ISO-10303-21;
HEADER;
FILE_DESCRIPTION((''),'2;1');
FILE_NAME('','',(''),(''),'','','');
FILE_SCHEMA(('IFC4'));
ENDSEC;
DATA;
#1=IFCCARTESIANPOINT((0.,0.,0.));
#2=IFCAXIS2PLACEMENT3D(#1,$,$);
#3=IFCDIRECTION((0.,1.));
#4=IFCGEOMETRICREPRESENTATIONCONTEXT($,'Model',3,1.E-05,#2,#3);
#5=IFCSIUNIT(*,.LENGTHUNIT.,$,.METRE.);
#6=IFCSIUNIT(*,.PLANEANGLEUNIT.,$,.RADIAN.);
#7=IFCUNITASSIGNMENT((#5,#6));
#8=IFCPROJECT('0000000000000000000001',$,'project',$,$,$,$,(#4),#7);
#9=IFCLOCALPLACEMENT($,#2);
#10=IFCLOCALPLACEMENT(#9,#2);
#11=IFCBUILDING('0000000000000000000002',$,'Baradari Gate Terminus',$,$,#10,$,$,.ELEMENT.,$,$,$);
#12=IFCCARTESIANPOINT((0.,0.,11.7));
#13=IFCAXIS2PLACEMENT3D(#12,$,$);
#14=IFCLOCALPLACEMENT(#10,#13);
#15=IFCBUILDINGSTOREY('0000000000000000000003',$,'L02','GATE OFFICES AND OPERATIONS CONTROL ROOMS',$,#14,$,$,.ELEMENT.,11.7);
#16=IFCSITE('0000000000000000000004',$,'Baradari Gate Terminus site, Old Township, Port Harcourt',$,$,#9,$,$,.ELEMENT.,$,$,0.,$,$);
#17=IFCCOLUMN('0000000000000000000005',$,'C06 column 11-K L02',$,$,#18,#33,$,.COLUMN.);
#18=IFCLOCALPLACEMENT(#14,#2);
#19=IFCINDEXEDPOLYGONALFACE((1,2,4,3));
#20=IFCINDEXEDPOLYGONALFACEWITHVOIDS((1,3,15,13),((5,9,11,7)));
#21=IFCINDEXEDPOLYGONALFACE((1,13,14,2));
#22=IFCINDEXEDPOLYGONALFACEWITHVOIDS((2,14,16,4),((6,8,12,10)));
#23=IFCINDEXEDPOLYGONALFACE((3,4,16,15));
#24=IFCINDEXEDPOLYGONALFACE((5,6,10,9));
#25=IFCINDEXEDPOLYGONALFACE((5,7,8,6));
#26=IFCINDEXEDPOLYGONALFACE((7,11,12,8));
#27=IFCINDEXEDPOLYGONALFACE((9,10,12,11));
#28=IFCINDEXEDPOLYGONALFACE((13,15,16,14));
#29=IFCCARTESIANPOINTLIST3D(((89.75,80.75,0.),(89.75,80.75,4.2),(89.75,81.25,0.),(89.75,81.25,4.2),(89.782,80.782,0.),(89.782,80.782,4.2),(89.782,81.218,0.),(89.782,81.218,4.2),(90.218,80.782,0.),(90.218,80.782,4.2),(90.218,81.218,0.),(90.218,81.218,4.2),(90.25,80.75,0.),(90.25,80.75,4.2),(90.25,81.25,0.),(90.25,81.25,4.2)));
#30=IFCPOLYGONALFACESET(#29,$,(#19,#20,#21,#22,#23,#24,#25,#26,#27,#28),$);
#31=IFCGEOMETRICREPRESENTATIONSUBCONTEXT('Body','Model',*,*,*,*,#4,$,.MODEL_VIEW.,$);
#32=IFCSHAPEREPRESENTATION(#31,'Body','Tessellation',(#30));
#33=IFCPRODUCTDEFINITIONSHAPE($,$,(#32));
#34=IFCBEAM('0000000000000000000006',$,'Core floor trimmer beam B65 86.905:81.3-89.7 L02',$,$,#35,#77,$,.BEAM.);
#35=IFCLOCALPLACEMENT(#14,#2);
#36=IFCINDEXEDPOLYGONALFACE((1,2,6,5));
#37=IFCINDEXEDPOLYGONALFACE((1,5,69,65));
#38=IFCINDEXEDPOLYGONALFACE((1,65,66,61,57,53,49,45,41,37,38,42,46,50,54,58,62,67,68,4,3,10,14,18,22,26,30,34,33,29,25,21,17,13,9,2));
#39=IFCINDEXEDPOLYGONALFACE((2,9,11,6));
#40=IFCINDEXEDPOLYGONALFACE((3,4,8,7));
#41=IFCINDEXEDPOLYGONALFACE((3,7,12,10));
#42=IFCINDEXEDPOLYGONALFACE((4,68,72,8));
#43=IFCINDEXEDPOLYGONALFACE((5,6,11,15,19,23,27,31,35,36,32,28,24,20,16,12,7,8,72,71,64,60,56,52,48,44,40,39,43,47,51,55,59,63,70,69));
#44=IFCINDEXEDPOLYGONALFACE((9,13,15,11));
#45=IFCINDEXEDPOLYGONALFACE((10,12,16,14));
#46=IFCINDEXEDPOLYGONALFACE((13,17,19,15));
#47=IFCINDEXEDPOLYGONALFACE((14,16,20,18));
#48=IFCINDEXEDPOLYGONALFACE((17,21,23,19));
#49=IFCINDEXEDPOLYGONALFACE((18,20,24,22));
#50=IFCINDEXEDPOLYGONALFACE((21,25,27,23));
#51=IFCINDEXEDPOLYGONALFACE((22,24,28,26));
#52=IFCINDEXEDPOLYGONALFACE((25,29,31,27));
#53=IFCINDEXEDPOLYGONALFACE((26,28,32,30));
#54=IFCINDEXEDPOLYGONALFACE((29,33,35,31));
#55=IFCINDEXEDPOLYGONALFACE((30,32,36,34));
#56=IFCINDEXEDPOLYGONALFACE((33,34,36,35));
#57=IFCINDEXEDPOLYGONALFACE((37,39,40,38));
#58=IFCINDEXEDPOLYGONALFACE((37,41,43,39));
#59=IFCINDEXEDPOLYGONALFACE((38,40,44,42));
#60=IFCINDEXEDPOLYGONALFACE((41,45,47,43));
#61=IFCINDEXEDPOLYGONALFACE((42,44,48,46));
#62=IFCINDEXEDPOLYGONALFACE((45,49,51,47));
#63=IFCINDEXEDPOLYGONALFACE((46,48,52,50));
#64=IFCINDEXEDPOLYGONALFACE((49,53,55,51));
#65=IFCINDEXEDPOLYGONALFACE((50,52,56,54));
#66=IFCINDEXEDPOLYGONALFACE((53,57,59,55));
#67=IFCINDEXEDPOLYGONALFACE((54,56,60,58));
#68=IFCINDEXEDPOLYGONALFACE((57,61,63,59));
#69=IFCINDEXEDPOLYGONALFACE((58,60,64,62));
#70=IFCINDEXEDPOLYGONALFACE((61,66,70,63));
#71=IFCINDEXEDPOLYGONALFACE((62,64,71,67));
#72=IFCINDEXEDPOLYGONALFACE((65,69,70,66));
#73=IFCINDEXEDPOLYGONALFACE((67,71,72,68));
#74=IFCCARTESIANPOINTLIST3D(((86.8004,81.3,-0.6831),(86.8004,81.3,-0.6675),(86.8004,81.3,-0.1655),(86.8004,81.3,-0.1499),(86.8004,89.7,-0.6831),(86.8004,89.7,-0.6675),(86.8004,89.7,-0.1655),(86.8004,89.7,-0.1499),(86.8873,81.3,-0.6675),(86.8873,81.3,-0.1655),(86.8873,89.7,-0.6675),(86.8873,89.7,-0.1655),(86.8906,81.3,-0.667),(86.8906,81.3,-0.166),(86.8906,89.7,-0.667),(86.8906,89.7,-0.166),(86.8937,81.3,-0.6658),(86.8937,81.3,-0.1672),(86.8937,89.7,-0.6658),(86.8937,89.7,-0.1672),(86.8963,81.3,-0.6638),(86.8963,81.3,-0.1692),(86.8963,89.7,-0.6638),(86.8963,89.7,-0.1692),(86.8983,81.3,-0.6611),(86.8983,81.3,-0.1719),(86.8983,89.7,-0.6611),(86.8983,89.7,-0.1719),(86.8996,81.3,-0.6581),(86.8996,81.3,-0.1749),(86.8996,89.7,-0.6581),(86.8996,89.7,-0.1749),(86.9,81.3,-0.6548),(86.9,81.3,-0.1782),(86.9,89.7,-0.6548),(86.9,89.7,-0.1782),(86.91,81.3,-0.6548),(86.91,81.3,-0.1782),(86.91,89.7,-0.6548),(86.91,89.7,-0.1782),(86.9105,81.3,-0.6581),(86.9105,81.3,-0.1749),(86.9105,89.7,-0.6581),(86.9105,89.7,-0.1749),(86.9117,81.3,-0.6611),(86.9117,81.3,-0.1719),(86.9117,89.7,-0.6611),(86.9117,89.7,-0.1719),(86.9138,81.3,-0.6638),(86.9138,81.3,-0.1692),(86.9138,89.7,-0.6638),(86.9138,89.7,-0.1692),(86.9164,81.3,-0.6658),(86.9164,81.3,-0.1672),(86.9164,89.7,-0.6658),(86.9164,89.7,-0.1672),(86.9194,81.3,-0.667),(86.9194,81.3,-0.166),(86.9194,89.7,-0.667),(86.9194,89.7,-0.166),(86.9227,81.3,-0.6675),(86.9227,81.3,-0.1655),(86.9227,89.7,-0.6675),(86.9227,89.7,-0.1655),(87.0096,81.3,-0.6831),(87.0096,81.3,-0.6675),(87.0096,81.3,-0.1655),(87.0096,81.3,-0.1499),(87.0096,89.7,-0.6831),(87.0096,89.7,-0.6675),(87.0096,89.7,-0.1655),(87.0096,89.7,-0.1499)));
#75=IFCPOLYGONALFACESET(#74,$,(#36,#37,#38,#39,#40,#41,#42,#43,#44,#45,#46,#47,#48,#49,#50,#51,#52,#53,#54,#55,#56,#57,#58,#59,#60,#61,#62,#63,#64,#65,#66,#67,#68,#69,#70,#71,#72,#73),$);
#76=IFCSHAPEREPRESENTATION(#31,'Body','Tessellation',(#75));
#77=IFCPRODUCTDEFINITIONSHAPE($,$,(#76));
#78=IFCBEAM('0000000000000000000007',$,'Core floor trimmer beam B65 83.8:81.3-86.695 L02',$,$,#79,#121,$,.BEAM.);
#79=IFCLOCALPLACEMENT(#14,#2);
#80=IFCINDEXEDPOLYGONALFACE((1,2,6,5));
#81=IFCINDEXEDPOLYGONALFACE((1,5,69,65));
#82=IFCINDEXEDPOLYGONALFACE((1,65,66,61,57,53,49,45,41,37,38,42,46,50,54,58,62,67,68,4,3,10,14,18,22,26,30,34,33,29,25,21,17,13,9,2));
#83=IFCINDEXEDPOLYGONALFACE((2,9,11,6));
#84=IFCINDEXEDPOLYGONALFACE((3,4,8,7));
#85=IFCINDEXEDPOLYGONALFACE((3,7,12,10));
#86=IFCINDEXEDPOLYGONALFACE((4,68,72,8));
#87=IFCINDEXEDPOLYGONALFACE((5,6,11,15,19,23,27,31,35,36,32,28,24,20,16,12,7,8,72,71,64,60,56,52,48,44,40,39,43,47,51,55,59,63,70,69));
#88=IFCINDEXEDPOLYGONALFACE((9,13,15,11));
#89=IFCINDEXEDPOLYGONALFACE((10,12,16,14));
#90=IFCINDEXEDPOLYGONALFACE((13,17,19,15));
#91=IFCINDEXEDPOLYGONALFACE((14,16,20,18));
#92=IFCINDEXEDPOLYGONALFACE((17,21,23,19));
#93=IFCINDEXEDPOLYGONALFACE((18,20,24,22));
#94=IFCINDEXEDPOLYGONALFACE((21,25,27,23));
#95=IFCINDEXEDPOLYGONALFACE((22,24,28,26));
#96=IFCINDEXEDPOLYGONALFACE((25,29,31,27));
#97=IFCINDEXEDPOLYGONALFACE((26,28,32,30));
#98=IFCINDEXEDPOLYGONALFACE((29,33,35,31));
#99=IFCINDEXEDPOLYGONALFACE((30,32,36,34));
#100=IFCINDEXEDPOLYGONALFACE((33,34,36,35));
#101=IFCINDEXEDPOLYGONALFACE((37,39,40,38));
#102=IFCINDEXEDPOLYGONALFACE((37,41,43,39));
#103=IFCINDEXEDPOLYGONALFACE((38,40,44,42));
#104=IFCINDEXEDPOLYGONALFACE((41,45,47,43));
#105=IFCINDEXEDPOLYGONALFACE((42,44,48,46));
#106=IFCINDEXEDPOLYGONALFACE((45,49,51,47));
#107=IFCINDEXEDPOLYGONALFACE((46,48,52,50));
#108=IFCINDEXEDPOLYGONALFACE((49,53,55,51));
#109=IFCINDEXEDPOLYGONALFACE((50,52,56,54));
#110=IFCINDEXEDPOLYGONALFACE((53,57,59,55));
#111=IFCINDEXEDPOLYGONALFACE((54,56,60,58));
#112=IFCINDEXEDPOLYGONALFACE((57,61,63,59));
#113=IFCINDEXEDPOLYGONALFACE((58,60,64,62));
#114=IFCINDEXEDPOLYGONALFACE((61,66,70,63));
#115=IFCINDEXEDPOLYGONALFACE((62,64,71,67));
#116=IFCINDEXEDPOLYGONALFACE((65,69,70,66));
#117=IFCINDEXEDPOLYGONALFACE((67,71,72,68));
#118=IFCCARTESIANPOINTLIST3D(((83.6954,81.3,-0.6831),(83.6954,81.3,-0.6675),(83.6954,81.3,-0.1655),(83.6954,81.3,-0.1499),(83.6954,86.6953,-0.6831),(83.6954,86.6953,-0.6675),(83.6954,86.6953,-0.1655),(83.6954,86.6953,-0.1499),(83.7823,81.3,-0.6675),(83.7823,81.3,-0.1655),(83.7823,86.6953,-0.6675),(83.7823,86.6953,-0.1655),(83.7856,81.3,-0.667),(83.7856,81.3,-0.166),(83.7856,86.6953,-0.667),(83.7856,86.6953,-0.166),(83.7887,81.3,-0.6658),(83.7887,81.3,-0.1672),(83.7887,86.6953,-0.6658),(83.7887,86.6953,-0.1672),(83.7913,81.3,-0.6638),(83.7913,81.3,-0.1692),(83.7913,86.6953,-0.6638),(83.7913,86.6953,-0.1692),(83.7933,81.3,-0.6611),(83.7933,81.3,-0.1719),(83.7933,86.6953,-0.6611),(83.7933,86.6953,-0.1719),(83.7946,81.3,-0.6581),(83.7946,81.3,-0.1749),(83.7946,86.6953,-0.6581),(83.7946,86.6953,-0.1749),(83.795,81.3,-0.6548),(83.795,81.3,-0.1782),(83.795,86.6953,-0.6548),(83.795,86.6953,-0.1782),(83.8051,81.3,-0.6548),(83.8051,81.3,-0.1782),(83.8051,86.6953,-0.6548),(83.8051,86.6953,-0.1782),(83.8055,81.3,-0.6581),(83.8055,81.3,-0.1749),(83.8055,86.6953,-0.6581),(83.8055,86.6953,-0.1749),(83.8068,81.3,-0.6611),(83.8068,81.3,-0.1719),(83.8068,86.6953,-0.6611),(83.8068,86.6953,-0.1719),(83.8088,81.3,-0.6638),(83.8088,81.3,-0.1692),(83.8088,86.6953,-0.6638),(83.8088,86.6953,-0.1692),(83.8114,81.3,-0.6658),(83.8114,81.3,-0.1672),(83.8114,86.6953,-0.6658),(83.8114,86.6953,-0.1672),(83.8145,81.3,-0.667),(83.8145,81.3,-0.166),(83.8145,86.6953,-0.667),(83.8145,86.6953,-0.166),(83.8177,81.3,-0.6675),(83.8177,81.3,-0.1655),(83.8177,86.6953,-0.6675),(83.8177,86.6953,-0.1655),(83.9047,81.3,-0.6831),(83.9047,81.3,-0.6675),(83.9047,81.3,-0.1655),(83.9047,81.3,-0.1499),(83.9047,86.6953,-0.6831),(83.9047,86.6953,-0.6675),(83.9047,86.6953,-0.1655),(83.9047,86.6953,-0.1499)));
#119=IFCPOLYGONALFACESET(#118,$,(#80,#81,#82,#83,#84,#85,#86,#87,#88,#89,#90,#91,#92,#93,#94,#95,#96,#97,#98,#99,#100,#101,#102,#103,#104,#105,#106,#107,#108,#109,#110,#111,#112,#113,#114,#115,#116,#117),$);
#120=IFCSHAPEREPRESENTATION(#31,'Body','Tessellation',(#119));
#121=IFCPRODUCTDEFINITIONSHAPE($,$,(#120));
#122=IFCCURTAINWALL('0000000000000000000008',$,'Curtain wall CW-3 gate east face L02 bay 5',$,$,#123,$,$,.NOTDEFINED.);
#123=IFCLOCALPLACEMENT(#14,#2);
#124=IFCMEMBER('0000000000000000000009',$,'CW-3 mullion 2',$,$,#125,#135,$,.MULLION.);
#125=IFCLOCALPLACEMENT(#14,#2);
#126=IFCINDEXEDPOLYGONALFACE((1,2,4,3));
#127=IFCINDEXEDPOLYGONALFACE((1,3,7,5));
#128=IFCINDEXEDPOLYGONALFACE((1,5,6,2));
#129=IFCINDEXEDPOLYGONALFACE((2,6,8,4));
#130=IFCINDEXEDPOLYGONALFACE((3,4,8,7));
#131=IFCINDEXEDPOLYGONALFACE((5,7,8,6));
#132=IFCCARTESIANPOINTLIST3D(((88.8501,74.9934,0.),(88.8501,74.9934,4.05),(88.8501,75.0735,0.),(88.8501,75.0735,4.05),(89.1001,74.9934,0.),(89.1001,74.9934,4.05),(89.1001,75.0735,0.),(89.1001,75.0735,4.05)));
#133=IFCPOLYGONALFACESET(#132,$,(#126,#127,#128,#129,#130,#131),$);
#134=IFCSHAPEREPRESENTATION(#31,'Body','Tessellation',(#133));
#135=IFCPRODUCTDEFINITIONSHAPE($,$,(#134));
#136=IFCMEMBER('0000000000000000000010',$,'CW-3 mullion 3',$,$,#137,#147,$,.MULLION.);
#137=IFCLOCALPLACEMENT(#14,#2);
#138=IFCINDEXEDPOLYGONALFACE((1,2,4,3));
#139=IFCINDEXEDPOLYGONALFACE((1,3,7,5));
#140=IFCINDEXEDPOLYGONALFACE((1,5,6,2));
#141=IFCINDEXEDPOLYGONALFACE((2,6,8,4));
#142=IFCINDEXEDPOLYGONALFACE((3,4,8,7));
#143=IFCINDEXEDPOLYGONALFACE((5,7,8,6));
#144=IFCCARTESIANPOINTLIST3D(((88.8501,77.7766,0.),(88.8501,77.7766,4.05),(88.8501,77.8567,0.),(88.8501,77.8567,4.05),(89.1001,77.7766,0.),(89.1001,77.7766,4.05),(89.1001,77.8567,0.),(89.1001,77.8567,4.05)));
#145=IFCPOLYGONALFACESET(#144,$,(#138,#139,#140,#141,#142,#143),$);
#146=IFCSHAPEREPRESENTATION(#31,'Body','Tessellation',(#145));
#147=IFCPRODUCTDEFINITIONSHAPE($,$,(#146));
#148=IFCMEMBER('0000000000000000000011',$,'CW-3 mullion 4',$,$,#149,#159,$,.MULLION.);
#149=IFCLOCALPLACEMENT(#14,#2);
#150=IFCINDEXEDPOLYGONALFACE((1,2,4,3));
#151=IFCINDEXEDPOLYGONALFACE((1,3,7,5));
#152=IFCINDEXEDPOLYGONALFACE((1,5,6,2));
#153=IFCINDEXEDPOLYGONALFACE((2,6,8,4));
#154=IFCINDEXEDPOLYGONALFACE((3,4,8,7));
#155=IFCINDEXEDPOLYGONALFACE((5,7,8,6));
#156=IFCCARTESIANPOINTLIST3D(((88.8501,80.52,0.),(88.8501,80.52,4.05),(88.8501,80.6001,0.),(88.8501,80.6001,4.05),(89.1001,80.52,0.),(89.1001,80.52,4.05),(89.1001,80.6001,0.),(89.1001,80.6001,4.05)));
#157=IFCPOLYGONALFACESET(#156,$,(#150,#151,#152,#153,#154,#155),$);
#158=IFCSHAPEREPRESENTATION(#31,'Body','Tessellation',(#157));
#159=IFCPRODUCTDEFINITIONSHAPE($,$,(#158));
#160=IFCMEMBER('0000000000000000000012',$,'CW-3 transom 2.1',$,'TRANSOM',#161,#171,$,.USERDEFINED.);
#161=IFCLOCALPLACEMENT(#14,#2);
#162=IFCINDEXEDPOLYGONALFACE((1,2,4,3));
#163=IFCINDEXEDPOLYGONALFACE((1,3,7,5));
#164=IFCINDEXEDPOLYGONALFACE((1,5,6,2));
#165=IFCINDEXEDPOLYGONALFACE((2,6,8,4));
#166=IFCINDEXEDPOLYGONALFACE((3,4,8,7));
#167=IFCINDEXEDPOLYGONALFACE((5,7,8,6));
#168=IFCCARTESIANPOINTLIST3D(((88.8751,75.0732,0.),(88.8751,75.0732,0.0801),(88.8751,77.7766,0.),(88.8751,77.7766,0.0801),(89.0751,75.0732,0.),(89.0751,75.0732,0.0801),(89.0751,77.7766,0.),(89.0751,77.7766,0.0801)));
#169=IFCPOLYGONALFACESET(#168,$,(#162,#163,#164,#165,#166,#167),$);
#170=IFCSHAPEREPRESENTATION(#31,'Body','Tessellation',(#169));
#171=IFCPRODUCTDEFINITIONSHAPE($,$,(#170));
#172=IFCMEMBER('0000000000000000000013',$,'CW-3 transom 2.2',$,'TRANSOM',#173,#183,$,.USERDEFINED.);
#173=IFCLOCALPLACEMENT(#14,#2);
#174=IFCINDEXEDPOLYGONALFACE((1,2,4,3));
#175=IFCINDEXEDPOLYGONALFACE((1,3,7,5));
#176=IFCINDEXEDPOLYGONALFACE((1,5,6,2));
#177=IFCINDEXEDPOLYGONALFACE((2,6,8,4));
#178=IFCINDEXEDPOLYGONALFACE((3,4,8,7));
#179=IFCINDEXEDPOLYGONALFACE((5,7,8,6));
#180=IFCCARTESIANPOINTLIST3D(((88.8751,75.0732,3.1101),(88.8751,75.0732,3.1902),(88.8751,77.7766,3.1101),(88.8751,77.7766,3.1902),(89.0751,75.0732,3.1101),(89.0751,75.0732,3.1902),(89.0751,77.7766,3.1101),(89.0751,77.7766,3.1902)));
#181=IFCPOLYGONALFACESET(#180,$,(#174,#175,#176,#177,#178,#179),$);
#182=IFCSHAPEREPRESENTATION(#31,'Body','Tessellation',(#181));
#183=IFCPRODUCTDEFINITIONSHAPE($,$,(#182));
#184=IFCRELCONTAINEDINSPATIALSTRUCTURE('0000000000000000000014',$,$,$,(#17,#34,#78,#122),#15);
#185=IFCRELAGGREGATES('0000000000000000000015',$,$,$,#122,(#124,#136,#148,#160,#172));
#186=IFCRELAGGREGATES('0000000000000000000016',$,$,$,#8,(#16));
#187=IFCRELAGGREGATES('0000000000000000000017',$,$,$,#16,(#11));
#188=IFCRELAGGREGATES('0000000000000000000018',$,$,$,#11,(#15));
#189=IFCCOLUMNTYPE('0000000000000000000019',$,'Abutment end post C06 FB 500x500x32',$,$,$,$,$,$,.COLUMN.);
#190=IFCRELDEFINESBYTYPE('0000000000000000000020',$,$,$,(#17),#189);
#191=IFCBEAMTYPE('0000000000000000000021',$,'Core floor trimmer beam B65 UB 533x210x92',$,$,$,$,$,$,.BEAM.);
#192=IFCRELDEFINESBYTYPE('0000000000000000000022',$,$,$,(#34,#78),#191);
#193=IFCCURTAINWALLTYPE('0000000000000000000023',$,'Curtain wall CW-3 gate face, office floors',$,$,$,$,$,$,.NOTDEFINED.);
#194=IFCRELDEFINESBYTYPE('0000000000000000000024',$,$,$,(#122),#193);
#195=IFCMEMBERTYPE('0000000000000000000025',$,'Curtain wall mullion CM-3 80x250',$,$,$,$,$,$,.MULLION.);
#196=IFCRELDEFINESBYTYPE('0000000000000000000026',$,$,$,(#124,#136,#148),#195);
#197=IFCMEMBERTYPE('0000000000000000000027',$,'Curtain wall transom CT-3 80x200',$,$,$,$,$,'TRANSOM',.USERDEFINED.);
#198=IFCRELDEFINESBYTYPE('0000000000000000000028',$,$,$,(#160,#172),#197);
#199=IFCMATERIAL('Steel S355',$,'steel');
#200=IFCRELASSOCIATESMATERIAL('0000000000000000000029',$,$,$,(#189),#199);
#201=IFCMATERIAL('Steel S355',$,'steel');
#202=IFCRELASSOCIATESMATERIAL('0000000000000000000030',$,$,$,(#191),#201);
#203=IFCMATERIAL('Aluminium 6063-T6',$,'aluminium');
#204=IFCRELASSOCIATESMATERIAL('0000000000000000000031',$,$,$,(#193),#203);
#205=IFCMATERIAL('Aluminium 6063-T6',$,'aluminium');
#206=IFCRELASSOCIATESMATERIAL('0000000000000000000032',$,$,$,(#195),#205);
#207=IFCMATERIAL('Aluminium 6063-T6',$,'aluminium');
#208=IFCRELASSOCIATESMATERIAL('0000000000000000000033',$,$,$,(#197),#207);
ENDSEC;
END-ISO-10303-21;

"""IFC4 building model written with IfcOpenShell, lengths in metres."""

from ifc_helpers import new_model, si_unit, direction, frame, origin, origin_2d, place, context, subcontext, project, spatial, rectangle, hollow_rectangle, i_section, extrude, material, material_profile, profile_set, type_object, element, aggregate, save


model = new_model("IFC4")

# Units and contexts
model_context = context("Model", 3, precision=1e-05, world=origin(), true_north=direction((0.0, 1.0)))
body_context = subcontext(model_context, "Body", "Model", "MODEL_VIEW")
ifc_project = project(units=[si_unit("LENGTHUNIT", "METRE"), si_unit("PLANEANGLEUNIT", "RADIAN")], contexts=[model_context])

# Site, building, storey
site_placement = place(None, origin())
site = spatial("IfcSite", under=ifc_project, at=site_placement, Name="Baradari Gate Terminus site, Old Township, Port Harcourt", CompositionType="ELEMENT", RefElevation=0.0)
building_placement = place(site_placement, origin())
building = spatial("IfcBuilding", under=site, at=building_placement, Name="Baradari Gate Terminus", CompositionType="ELEMENT")
storey_placement = place(building_placement, frame((0.0, 0.0, 11.7)))
storey = spatial("IfcBuildingStorey", under=building, at=storey_placement, Name="L02", Description="GATE OFFICES AND OPERATIONS CONTROL ROOMS", CompositionType="ELEMENT", Elevation=11.7)

# Column
ifc_material_1 = material(Name="Steel S355", Category="steel")
ifc_material_profile_1 = material_profile(ifc_material_1, hollow_rectangle(XDim=0.5, YDim=0.5, WallThickness=0.032, at=origin_2d()), Name="FB 500x500x32")
ifc_profile_set_1 = profile_set([ifc_material_profile_1], Name="Steel S355")
column_type = type_object("IfcColumnType", Name="Abutment end post C06 FB 500x500x32", PredefinedType="COLUMN", material=ifc_profile_set_1)
column_placement = place(storey_placement, frame((90.0, 81.0, 0.0), z_axis=(0.0, 0.0, 1.0), x_axis=(1.0, 0.0, 0.0)))
element("IfcColumn", 1, at=column_placement, inside=storey, type_object=column_type, Name="C06 column 11-K L02", PredefinedType="COLUMN", context=body_context, shape_type="SweptSolid", body=[
    extrude(hollow_rectangle(XDim=0.5, YDim=0.5, WallThickness=0.032, at=origin_2d()), origin(), (0.0, 0.0, 1.0), 4.2),
])

# Beams
ifc_material_2 = material(Name="Steel S355", Category="steel")
ifc_material_profile_2 = material_profile(ifc_material_2, i_section(OverallWidth=0.2092, OverallDepth=0.5332, WebThickness=0.01, FlangeThickness=0.0156, FilletRadius=0.0127, at=origin_2d()), Name="UB 533x210x92")
ifc_profile_set_2 = profile_set([ifc_material_profile_2], Name="Steel S355")
beam_type = type_object("IfcBeamType", Name="Core floor trimmer beam B65 UB 533x210x92", PredefinedType="BEAM", material=ifc_profile_set_2)
beam_1_placement = place(storey_placement, frame((86.905, 81.3, -0.4165), z_axis=(0.0, 1.0, 0.0), x_axis=(-1.0, 0.0, 0.0)))
element("IfcBeam", 2, at=beam_1_placement, inside=storey, type_object=beam_type, Name="Core floor trimmer beam B65 86.905:81.3-89.7 L02", PredefinedType="BEAM", context=body_context, shape_type="SweptSolid", body=[
    extrude(i_section(OverallWidth=0.2092, OverallDepth=0.5332, WebThickness=0.01, FlangeThickness=0.0156, FilletRadius=0.0127, at=origin_2d()), origin(), (0.0, 0.0, 1.0), 8.3999),
])
beam_2_placement = place(storey_placement, frame((83.8, 81.3, -0.4165), z_axis=(0.0, 1.0, 0.0), x_axis=(-1.0, 0.0, 0.0)))
element("IfcBeam", 3, at=beam_2_placement, inside=storey, type_object=beam_type, Name="Core floor trimmer beam B65 83.8:81.3-86.695 L02", PredefinedType="BEAM", context=body_context, shape_type="SweptSolid", body=[
    extrude(i_section(OverallWidth=0.2092, OverallDepth=0.5332, WebThickness=0.01, FlangeThickness=0.0156, FilletRadius=0.0127, at=origin_2d()), origin(), (0.0, 0.0, 1.0), 5.3953),
])

# Curtain wall, members
ifc_material_3 = material(Name="Aluminium 6063-T6", Category="aluminium")
curtain_wall_type = type_object("IfcCurtainWallType", Name="Curtain wall CW-3 gate face, office floors", PredefinedType="NOTDEFINED", material=ifc_material_3)
curtain_wall_placement = place(storey_placement, origin())
curtain_wall = element("IfcCurtainWall", 4, at=curtain_wall_placement, inside=storey, type_object=curtain_wall_type, Name="Curtain wall CW-3 gate east face L02 bay 5", PredefinedType="NOTDEFINED")
ifc_material_4 = material(Name="Aluminium 6063-T6", Category="aluminium")
ifc_material_profile_3 = material_profile(ifc_material_4, rectangle(XDim=0.25, YDim=0.0801, at=origin_2d()), Name="CM-3 80X250")
ifc_profile_set_3 = profile_set([ifc_material_profile_3], Name="Aluminium 6063-T6")
member_type_1 = type_object("IfcMemberType", Name="Curtain wall mullion CM-3 80x250", PredefinedType="MULLION", material=ifc_profile_set_3)
member_1_placement = place(storey_placement, frame((88.9751, 75.0334, 0.0), z_axis=(0.0, 0.0, 1.0), x_axis=(-1.0, 0.0, 0.0)))
member_1 = element("IfcMember", 5, at=member_1_placement, type_object=member_type_1, Name="CW-3 mullion 2", PredefinedType="MULLION", context=body_context, shape_type="SweptSolid", body=[
    extrude(rectangle(XDim=0.25, YDim=0.0801, at=origin_2d()), origin(), (0.0, 0.0, 1.0), 4.05),
])
member_2_placement = place(storey_placement, frame((88.9751, 77.8167, 0.0), z_axis=(0.0, 0.0, 1.0), x_axis=(-1.0, 0.0, 0.0)))
member_2 = element("IfcMember", 6, at=member_2_placement, type_object=member_type_1, Name="CW-3 mullion 3", PredefinedType="MULLION", context=body_context, shape_type="SweptSolid", body=[
    extrude(rectangle(XDim=0.25, YDim=0.0801, at=origin_2d()), origin(), (0.0, 0.0, 1.0), 4.05),
])
member_3_placement = place(storey_placement, frame((88.9751, 80.5601, 0.0), z_axis=(0.0, 0.0, 1.0), x_axis=(-1.0, 0.0, 0.0)))
member_3 = element("IfcMember", 7, at=member_3_placement, type_object=member_type_1, Name="CW-3 mullion 4", PredefinedType="MULLION", context=body_context, shape_type="SweptSolid", body=[
    extrude(rectangle(XDim=0.25, YDim=0.0801, at=origin_2d()), origin(), (0.0, 0.0, 1.0), 4.05),
])
ifc_material_5 = material(Name="Aluminium 6063-T6", Category="aluminium")
ifc_material_profile_4 = material_profile(ifc_material_5, rectangle(XDim=0.2, YDim=0.0801, at=origin_2d()), Name="CT-3 80X200")
ifc_profile_set_4 = profile_set([ifc_material_profile_4], Name="Aluminium 6063-T6")
member_type_2 = type_object("IfcMemberType", Name="Curtain wall transom CT-3 80x200", ElementType="TRANSOM", PredefinedType="USERDEFINED", material=ifc_profile_set_4)
member_4_placement = place(storey_placement, frame((88.9751, 75.0732, 0.04), z_axis=(0.0, 1.0, 0.0), x_axis=(-1.0, 0.0, 0.0)))
member_4 = element("IfcMember", 8, at=member_4_placement, type_object=member_type_2, Name="CW-3 transom 2.1", ObjectType="TRANSOM", PredefinedType="USERDEFINED", context=body_context, shape_type="SweptSolid", body=[
    extrude(rectangle(XDim=0.2, YDim=0.0801, at=origin_2d()), origin(), (0.0, 0.0, 1.0), 2.7034),
])
member_5_placement = place(storey_placement, frame((88.9751, 75.0732, 3.1501), z_axis=(0.0, 1.0, 0.0), x_axis=(-1.0, 0.0, 0.0)))
member_5 = element("IfcMember", 9, at=member_5_placement, type_object=member_type_2, Name="CW-3 transom 2.2", ObjectType="TRANSOM", PredefinedType="USERDEFINED", context=body_context, shape_type="SweptSolid", body=[
    extrude(rectangle(XDim=0.2, YDim=0.0801, at=origin_2d()), origin(), (0.0, 0.0, 1.0), 2.7034),
])
aggregate(curtain_wall, [member_1, member_2, member_3, member_4, member_5])

save(model, "model.ifc")
